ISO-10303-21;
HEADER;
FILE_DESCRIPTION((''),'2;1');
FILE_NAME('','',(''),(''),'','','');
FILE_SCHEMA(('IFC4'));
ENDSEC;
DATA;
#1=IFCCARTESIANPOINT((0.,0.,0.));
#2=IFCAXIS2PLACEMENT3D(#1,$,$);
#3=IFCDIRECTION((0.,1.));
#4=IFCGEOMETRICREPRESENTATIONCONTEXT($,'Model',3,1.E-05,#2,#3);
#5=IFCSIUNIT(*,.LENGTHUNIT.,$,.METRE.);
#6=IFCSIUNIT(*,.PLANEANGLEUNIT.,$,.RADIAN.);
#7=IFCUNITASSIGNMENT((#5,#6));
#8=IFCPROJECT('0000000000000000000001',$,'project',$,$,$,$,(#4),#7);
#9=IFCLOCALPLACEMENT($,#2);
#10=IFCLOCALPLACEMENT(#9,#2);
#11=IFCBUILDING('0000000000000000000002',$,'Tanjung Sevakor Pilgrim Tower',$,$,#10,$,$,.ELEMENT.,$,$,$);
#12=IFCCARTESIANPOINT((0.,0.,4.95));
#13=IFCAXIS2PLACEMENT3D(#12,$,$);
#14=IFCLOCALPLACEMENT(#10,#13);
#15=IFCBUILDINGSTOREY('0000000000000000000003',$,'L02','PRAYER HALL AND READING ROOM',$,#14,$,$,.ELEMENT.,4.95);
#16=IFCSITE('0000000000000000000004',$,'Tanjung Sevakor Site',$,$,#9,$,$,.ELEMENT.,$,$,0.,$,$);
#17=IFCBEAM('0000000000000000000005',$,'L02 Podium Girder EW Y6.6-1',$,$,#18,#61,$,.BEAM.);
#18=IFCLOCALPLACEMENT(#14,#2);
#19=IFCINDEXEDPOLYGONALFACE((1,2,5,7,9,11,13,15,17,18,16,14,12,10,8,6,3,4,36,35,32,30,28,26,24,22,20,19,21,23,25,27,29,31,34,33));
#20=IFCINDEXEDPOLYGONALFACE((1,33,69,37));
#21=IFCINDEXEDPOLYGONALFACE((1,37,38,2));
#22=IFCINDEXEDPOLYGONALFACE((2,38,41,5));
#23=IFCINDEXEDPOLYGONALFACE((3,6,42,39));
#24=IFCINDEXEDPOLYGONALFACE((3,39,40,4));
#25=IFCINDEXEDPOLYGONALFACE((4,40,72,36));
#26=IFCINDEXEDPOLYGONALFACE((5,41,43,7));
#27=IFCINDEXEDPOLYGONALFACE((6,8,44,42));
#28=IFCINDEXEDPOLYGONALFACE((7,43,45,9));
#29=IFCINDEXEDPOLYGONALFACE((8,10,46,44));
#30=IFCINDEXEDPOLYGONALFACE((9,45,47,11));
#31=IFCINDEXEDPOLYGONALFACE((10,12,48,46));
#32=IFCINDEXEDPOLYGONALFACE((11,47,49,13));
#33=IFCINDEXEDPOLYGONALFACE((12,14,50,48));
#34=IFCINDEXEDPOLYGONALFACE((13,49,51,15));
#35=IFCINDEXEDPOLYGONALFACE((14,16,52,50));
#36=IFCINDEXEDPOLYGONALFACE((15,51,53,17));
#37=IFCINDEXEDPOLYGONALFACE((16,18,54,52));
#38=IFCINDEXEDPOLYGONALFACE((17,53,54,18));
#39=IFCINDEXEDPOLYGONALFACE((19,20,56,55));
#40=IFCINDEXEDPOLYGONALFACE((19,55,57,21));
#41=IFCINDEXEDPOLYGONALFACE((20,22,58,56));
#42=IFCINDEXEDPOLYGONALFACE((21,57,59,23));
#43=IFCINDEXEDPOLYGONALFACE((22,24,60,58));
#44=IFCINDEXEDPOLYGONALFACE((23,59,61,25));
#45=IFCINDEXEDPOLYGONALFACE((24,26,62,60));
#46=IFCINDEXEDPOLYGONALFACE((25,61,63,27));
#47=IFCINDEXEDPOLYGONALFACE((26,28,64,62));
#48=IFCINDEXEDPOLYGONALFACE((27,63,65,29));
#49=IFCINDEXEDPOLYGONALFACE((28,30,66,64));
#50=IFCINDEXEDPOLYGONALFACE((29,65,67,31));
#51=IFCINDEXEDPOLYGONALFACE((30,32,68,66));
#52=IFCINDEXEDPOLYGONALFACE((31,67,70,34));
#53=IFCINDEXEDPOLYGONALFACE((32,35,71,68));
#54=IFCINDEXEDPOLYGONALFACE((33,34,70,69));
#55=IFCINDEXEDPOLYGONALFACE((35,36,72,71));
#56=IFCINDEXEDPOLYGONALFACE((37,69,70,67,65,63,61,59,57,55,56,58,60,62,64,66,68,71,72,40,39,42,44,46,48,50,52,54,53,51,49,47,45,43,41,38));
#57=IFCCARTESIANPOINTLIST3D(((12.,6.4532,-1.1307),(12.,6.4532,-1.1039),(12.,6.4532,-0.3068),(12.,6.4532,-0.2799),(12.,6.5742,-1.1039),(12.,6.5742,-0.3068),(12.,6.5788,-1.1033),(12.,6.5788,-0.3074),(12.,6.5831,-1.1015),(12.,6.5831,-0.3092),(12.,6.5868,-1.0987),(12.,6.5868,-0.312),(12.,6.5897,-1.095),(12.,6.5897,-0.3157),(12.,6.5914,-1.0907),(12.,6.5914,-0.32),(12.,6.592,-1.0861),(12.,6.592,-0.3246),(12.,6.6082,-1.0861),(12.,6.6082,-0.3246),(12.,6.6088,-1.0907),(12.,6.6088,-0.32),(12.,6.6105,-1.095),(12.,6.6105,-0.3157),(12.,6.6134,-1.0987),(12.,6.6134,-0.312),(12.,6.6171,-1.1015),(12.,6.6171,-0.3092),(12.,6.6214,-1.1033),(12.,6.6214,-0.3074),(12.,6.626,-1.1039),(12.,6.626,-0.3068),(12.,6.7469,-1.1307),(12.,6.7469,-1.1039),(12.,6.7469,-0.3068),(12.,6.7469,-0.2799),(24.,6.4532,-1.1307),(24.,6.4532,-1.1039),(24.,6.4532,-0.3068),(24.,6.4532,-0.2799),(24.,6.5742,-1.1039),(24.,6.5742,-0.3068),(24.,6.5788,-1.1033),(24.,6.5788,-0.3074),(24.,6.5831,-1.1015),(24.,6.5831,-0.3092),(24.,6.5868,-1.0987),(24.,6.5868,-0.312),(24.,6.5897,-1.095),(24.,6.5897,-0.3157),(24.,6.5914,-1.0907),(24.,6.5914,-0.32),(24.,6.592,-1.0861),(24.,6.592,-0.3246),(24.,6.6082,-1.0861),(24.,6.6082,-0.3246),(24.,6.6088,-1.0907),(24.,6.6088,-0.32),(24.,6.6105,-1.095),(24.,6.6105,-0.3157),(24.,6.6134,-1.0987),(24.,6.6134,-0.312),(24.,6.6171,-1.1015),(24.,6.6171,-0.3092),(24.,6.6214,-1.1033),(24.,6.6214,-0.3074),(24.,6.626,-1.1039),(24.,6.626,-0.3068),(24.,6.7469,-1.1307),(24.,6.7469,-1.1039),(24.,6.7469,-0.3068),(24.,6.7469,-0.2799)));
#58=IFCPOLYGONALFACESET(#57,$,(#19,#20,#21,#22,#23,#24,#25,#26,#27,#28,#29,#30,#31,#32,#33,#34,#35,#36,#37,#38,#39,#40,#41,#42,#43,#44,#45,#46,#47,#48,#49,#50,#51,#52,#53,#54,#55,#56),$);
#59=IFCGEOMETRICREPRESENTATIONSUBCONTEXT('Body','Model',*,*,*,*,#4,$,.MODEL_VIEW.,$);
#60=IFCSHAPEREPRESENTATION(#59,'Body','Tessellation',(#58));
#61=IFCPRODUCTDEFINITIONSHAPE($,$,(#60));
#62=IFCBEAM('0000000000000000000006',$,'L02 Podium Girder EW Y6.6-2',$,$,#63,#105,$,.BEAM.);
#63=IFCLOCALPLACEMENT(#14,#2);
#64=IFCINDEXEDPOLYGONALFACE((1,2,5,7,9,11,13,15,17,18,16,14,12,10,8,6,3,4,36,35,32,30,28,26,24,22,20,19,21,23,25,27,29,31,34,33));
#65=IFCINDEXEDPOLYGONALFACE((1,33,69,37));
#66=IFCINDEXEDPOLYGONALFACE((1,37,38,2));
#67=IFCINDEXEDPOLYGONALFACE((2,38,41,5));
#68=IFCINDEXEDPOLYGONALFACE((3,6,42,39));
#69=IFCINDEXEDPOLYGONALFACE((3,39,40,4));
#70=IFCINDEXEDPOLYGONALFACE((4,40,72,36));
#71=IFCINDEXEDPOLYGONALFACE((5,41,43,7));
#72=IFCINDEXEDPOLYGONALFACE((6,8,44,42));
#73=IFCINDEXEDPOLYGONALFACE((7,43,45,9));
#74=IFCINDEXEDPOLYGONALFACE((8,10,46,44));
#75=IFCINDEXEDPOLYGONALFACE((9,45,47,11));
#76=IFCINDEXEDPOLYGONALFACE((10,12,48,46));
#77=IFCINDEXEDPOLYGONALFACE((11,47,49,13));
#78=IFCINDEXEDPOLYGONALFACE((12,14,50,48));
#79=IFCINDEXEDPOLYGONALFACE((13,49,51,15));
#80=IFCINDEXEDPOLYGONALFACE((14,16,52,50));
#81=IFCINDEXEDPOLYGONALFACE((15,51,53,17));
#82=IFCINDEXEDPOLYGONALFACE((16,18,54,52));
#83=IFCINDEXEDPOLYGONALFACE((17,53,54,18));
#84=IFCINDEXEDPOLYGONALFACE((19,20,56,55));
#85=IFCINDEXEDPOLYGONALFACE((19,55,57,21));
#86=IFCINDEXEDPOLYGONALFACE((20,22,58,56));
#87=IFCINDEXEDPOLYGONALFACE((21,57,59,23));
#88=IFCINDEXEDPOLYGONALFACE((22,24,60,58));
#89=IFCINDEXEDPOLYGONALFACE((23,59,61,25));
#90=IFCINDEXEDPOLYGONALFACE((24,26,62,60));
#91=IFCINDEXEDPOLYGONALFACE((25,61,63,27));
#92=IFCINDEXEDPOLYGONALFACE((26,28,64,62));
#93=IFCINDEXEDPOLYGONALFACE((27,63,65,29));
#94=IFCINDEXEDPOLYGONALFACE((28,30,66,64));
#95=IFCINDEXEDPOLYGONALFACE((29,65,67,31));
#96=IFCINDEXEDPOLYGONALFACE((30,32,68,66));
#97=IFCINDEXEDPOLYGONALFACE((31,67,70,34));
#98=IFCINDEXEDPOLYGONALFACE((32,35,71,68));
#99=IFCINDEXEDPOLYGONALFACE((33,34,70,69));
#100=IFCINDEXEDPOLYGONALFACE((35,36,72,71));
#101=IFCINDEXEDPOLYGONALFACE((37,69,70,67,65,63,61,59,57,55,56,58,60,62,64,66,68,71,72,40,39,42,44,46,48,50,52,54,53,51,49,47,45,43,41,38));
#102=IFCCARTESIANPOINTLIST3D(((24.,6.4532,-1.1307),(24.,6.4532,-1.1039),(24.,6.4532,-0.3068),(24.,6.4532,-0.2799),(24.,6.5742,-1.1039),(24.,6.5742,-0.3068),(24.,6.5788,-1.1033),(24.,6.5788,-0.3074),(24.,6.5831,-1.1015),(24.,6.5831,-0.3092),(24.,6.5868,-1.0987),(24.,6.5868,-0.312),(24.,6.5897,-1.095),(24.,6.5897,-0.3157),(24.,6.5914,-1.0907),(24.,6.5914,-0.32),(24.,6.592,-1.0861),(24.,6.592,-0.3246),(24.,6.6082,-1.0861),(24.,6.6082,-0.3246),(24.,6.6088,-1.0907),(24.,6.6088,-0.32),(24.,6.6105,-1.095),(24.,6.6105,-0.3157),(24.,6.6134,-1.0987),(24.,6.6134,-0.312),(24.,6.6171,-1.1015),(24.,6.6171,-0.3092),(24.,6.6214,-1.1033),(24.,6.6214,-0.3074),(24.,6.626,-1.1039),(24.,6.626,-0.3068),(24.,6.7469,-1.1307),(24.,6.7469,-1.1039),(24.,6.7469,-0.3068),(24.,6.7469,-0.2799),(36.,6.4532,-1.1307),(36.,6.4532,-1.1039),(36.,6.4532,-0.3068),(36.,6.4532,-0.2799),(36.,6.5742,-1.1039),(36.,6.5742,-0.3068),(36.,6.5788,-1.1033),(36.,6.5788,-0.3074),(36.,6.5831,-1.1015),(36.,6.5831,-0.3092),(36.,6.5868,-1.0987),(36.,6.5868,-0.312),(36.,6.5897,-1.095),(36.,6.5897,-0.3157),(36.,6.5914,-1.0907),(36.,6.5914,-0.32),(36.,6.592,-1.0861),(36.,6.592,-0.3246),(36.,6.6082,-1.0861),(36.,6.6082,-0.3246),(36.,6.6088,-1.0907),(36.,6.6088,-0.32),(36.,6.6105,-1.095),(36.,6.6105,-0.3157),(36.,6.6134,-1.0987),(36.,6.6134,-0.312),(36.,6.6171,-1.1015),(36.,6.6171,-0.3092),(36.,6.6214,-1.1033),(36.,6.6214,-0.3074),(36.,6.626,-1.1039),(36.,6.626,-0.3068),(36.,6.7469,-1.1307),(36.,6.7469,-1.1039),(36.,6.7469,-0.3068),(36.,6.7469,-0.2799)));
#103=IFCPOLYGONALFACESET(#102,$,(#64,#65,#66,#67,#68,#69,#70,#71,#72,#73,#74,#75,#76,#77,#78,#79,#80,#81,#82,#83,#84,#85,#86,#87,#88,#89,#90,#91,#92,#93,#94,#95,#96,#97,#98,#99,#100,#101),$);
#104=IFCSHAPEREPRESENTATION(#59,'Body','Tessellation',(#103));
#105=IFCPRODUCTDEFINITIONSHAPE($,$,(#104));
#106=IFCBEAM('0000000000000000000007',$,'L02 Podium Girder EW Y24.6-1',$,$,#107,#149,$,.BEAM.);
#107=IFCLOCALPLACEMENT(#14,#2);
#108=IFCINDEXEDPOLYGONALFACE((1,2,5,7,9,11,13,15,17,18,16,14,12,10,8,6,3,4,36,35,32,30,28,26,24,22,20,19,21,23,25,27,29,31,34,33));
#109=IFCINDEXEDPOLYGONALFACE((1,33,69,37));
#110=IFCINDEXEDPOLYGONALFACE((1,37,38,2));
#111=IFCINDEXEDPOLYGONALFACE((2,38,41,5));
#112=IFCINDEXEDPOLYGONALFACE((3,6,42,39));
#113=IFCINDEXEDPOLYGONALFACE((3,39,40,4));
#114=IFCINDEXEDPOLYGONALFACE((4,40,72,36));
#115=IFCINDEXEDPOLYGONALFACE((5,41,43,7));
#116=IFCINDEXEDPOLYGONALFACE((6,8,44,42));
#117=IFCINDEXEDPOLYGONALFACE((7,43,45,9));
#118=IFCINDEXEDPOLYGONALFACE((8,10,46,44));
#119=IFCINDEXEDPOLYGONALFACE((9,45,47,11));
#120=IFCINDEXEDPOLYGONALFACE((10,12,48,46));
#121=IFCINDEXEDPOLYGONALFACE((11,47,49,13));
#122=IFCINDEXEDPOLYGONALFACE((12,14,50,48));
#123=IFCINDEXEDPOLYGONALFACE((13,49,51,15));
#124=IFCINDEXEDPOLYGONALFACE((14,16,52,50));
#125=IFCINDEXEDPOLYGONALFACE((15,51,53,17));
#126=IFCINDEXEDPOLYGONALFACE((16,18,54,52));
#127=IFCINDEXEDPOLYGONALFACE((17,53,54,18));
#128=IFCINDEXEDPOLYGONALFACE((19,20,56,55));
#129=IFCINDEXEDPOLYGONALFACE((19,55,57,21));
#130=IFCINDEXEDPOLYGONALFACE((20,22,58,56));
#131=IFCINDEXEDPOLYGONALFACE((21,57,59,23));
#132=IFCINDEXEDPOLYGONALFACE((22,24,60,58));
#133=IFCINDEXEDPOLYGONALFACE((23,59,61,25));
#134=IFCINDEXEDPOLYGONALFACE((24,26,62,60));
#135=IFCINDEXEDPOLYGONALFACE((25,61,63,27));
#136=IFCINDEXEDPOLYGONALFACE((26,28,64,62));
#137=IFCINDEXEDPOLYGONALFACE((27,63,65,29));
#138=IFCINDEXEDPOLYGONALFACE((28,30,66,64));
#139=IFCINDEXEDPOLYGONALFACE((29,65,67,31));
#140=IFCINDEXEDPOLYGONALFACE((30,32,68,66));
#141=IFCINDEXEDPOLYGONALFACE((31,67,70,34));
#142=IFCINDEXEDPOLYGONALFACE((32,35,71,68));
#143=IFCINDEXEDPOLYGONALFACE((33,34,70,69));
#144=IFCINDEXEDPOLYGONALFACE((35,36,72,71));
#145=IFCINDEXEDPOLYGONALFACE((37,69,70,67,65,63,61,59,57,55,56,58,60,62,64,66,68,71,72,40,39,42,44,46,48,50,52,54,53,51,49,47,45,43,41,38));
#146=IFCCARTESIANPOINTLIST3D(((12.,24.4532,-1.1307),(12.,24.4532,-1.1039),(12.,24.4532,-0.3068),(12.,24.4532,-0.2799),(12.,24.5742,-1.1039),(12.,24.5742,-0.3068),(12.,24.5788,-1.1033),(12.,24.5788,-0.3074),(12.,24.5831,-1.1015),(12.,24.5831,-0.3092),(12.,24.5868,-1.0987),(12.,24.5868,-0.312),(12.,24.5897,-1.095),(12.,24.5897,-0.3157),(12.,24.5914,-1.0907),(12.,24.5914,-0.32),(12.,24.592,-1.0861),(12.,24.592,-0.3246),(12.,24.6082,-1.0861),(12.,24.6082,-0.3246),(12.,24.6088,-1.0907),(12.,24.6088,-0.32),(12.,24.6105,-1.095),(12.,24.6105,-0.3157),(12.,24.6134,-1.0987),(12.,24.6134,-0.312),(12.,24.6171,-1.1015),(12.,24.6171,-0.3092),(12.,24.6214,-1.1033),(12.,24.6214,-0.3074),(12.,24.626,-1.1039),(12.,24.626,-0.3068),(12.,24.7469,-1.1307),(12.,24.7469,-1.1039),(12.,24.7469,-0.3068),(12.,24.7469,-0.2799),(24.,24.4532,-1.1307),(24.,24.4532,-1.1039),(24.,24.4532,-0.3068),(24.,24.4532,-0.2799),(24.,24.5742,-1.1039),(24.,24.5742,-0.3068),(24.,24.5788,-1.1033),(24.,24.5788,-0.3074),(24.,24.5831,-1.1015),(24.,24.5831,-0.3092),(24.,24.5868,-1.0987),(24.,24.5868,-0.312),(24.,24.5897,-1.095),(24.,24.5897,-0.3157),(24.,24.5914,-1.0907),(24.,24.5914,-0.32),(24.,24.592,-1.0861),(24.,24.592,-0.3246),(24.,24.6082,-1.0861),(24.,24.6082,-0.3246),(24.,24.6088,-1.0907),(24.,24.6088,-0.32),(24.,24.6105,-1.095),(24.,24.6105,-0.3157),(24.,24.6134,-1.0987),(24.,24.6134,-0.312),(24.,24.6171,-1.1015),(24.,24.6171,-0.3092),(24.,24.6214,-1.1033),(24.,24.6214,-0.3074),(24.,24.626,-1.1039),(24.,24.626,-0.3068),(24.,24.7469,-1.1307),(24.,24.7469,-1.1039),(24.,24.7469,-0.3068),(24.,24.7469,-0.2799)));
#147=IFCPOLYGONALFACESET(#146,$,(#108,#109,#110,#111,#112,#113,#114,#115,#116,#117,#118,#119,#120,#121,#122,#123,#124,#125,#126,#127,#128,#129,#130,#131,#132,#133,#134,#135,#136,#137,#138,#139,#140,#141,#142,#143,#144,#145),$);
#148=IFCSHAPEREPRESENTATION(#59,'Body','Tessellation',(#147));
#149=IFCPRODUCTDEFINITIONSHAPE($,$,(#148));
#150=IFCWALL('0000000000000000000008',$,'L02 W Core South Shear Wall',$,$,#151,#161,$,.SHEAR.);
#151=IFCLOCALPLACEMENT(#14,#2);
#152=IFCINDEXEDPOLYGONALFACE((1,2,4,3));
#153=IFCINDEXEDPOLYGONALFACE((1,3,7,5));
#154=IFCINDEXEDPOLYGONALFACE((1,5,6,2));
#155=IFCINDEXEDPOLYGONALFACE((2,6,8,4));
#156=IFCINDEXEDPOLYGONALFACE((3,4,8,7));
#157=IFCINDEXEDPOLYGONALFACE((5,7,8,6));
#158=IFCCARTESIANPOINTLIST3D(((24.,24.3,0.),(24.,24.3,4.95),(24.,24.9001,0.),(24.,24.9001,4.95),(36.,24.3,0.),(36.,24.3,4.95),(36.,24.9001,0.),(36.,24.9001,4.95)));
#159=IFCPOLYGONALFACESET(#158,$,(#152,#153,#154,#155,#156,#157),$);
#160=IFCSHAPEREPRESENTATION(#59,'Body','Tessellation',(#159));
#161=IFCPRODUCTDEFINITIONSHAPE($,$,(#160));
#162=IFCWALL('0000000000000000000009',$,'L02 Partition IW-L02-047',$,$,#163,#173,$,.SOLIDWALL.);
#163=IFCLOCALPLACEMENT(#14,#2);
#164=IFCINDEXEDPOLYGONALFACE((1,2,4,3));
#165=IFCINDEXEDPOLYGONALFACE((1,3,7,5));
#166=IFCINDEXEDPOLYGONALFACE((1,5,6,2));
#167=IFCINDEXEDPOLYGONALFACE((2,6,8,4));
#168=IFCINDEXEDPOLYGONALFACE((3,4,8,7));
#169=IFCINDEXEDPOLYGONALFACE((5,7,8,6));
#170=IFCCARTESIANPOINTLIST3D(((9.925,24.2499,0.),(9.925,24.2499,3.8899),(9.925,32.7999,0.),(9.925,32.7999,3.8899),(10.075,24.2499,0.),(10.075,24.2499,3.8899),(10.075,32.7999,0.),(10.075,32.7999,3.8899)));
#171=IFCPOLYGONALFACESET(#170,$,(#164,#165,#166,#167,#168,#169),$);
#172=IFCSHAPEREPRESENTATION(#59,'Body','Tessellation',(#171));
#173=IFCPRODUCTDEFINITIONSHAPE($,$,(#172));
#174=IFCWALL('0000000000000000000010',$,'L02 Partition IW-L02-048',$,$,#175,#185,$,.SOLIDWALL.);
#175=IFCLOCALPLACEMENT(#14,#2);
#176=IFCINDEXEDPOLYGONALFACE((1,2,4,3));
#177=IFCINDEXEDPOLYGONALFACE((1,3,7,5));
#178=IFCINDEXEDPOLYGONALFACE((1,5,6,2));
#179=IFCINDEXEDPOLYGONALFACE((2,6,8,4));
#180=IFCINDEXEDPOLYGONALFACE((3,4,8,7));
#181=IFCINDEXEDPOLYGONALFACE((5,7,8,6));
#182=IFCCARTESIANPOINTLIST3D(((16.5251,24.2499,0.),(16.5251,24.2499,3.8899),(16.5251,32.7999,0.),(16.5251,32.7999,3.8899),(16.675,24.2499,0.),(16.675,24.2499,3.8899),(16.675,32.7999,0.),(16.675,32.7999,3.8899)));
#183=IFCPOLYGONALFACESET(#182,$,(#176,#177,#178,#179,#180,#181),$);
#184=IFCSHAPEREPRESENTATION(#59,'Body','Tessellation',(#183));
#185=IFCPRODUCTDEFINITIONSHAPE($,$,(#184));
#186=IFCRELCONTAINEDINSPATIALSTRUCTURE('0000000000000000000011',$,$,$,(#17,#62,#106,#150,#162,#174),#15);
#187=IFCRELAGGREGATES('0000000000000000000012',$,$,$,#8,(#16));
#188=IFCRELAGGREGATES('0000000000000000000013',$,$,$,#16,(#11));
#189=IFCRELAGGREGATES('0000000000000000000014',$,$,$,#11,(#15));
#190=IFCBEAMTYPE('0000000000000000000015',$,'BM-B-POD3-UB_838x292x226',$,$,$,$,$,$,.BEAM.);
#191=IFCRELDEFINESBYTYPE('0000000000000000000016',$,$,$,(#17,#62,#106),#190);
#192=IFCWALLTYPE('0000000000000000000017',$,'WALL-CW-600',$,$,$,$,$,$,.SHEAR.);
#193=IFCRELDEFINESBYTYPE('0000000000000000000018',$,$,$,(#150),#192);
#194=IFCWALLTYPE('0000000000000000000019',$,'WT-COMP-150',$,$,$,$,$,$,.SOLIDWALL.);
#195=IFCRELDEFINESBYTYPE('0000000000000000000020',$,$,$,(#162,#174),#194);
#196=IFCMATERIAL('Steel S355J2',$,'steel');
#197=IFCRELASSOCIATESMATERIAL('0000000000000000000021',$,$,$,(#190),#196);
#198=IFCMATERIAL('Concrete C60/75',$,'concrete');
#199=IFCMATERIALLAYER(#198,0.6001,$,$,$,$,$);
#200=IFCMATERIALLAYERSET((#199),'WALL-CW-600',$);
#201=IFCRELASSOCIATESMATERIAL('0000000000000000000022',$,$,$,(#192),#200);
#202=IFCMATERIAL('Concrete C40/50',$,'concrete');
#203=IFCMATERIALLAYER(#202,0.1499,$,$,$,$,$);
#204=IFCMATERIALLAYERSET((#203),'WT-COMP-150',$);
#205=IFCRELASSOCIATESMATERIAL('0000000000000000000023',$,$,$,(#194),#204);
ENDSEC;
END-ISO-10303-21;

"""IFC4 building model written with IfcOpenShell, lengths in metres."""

from ifc_helpers import new_model, si_unit, direction, frame, frame_2d, origin, origin_2d, place, context, subcontext, project, spatial, rectangle, i_section, extrude, material, layer, layer_set, material_profile, profile_set, type_object, element, save


model = new_model("IFC4")

# Units and contexts
model_context = context("Model", 3, precision=1e-05, world=origin(), true_north=direction((0.0, 1.0)))
body_context = subcontext(model_context, "Body", "Model", "MODEL_VIEW")
ifc_project = project(units=[si_unit("LENGTHUNIT", "METRE"), si_unit("PLANEANGLEUNIT", "RADIAN")], contexts=[model_context])

# Site, building, storey
site_placement = place(None, origin())
site = spatial("IfcSite", under=ifc_project, at=site_placement, Name="Tanjung Sevakor Site", CompositionType="ELEMENT", RefElevation=0.0)
building_placement = place(site_placement, origin())
building = spatial("IfcBuilding", under=site, at=building_placement, Name="Tanjung Sevakor Pilgrim Tower", CompositionType="ELEMENT")
storey_placement = place(building_placement, frame((0.0, 0.0, 4.95)))
storey = spatial("IfcBuildingStorey", under=building, at=storey_placement, Name="L02", Description="PRAYER HALL AND READING ROOM", CompositionType="ELEMENT", Elevation=4.95)

# Beams
ifc_material_1 = material(Name="Steel S355J2", Category="steel")
ifc_material_profile_1 = material_profile(ifc_material_1, i_section(OverallWidth=0.2937, OverallDepth=0.8508, WebThickness=0.0161, FlangeThickness=0.0269, FilletRadius=0.0178, at=origin_2d()))
ifc_profile_set_1 = profile_set([ifc_material_profile_1], Name="Steel S355J2")
beam_type_1 = type_object("IfcBeamType", Name="BM-B-POD3-UB_838x292x226", PredefinedType="BEAM", material=ifc_profile_set_1)
for number, where, z_axis, x_axis, name in (
    (1, (12.0, 6.6001, -0.7053), (1.0, 0.0, 0.0), (0.0, 1.0, 0.0), "L02 Podium Girder EW Y6.6-1"),
    (2, (24.0, 6.6001, -0.7053), (1.0, 0.0, 0.0), (0.0, 1.0, 0.0), "L02 Podium Girder EW Y6.6-2"),
    (3, (12.0, 24.6001, -0.7053), (1.0, 0.0, 0.0), (0.0, 1.0, 0.0), "L02 Podium Girder EW Y24.6-1"),
):
    element("IfcBeam", number, at=place(storey_placement, frame(where, z_axis=z_axis, x_axis=x_axis)), inside=storey, type_object=beam_type_1, Name=name, PredefinedType="BEAM", context=body_context, shape_type="SweptSolid", body=[
        extrude(i_section(OverallWidth=0.2937, OverallDepth=0.8508, WebThickness=0.0161, FlangeThickness=0.0269, FilletRadius=0.0178, at=origin_2d()), origin(), (0.0, 0.0, 1.0), 12.0),
    ])

# Walls
ifc_material_2 = material(Name="Concrete C60/75", Category="concrete")
ifc_layer_1 = layer(ifc_material_2, 0.6001)
ifc_layer_set_1 = layer_set([ifc_layer_1], Name="WALL-CW-600")
wall_type_1 = type_object("IfcWallType", Name="WALL-CW-600", PredefinedType="SHEAR", material=ifc_layer_set_1)
wall_1_placement = place(storey_placement, frame((24.0, 24.6001, 0.0), z_axis=(0.0, 0.0, 1.0), x_axis=(1.0, 0.0, 0.0)))
element("IfcWall", 4, at=wall_1_placement, inside=storey, type_object=wall_type_1, Name="L02 W Core South Shear Wall", PredefinedType="SHEAR", context=body_context, shape_type="SweptSolid", body=[
    extrude(rectangle(XDim=12.0, YDim=0.6001, at=frame_2d((6.0, 0.0))), origin(), (0.0, 0.0, 1.0), 4.95),
])
ifc_material_3 = material(Name="Concrete C40/50", Category="concrete")
ifc_layer_2 = layer(ifc_material_3, 0.1499)
ifc_layer_set_2 = layer_set([ifc_layer_2], Name="WT-COMP-150")
wall_type_2 = type_object("IfcWallType", Name="WT-COMP-150", PredefinedType="SOLIDWALL", material=ifc_layer_set_2)
for number, where, z_axis, x_axis, name in (
    (5, (10.0, 24.25, 0.0), (0.0, 0.0, 1.0), (0.0, 1.0, 0.0), "L02 Partition IW-L02-047"),
    (6, (16.6001, 24.25, 0.0), (0.0, 0.0, 1.0), (0.0, 1.0, 0.0), "L02 Partition IW-L02-048"),
):
    element("IfcWall", number, at=place(storey_placement, frame(where, z_axis=z_axis, x_axis=x_axis)), inside=storey, type_object=wall_type_2, Name=name, PredefinedType="SOLIDWALL", context=body_context, shape_type="SweptSolid", body=[
        extrude(rectangle(XDim=8.55, YDim=0.1499, at=frame_2d((4.2749, 0.0))), origin(), (0.0, 0.0, 1.0), 3.8899),
    ])

save(model, "model.ifc")
